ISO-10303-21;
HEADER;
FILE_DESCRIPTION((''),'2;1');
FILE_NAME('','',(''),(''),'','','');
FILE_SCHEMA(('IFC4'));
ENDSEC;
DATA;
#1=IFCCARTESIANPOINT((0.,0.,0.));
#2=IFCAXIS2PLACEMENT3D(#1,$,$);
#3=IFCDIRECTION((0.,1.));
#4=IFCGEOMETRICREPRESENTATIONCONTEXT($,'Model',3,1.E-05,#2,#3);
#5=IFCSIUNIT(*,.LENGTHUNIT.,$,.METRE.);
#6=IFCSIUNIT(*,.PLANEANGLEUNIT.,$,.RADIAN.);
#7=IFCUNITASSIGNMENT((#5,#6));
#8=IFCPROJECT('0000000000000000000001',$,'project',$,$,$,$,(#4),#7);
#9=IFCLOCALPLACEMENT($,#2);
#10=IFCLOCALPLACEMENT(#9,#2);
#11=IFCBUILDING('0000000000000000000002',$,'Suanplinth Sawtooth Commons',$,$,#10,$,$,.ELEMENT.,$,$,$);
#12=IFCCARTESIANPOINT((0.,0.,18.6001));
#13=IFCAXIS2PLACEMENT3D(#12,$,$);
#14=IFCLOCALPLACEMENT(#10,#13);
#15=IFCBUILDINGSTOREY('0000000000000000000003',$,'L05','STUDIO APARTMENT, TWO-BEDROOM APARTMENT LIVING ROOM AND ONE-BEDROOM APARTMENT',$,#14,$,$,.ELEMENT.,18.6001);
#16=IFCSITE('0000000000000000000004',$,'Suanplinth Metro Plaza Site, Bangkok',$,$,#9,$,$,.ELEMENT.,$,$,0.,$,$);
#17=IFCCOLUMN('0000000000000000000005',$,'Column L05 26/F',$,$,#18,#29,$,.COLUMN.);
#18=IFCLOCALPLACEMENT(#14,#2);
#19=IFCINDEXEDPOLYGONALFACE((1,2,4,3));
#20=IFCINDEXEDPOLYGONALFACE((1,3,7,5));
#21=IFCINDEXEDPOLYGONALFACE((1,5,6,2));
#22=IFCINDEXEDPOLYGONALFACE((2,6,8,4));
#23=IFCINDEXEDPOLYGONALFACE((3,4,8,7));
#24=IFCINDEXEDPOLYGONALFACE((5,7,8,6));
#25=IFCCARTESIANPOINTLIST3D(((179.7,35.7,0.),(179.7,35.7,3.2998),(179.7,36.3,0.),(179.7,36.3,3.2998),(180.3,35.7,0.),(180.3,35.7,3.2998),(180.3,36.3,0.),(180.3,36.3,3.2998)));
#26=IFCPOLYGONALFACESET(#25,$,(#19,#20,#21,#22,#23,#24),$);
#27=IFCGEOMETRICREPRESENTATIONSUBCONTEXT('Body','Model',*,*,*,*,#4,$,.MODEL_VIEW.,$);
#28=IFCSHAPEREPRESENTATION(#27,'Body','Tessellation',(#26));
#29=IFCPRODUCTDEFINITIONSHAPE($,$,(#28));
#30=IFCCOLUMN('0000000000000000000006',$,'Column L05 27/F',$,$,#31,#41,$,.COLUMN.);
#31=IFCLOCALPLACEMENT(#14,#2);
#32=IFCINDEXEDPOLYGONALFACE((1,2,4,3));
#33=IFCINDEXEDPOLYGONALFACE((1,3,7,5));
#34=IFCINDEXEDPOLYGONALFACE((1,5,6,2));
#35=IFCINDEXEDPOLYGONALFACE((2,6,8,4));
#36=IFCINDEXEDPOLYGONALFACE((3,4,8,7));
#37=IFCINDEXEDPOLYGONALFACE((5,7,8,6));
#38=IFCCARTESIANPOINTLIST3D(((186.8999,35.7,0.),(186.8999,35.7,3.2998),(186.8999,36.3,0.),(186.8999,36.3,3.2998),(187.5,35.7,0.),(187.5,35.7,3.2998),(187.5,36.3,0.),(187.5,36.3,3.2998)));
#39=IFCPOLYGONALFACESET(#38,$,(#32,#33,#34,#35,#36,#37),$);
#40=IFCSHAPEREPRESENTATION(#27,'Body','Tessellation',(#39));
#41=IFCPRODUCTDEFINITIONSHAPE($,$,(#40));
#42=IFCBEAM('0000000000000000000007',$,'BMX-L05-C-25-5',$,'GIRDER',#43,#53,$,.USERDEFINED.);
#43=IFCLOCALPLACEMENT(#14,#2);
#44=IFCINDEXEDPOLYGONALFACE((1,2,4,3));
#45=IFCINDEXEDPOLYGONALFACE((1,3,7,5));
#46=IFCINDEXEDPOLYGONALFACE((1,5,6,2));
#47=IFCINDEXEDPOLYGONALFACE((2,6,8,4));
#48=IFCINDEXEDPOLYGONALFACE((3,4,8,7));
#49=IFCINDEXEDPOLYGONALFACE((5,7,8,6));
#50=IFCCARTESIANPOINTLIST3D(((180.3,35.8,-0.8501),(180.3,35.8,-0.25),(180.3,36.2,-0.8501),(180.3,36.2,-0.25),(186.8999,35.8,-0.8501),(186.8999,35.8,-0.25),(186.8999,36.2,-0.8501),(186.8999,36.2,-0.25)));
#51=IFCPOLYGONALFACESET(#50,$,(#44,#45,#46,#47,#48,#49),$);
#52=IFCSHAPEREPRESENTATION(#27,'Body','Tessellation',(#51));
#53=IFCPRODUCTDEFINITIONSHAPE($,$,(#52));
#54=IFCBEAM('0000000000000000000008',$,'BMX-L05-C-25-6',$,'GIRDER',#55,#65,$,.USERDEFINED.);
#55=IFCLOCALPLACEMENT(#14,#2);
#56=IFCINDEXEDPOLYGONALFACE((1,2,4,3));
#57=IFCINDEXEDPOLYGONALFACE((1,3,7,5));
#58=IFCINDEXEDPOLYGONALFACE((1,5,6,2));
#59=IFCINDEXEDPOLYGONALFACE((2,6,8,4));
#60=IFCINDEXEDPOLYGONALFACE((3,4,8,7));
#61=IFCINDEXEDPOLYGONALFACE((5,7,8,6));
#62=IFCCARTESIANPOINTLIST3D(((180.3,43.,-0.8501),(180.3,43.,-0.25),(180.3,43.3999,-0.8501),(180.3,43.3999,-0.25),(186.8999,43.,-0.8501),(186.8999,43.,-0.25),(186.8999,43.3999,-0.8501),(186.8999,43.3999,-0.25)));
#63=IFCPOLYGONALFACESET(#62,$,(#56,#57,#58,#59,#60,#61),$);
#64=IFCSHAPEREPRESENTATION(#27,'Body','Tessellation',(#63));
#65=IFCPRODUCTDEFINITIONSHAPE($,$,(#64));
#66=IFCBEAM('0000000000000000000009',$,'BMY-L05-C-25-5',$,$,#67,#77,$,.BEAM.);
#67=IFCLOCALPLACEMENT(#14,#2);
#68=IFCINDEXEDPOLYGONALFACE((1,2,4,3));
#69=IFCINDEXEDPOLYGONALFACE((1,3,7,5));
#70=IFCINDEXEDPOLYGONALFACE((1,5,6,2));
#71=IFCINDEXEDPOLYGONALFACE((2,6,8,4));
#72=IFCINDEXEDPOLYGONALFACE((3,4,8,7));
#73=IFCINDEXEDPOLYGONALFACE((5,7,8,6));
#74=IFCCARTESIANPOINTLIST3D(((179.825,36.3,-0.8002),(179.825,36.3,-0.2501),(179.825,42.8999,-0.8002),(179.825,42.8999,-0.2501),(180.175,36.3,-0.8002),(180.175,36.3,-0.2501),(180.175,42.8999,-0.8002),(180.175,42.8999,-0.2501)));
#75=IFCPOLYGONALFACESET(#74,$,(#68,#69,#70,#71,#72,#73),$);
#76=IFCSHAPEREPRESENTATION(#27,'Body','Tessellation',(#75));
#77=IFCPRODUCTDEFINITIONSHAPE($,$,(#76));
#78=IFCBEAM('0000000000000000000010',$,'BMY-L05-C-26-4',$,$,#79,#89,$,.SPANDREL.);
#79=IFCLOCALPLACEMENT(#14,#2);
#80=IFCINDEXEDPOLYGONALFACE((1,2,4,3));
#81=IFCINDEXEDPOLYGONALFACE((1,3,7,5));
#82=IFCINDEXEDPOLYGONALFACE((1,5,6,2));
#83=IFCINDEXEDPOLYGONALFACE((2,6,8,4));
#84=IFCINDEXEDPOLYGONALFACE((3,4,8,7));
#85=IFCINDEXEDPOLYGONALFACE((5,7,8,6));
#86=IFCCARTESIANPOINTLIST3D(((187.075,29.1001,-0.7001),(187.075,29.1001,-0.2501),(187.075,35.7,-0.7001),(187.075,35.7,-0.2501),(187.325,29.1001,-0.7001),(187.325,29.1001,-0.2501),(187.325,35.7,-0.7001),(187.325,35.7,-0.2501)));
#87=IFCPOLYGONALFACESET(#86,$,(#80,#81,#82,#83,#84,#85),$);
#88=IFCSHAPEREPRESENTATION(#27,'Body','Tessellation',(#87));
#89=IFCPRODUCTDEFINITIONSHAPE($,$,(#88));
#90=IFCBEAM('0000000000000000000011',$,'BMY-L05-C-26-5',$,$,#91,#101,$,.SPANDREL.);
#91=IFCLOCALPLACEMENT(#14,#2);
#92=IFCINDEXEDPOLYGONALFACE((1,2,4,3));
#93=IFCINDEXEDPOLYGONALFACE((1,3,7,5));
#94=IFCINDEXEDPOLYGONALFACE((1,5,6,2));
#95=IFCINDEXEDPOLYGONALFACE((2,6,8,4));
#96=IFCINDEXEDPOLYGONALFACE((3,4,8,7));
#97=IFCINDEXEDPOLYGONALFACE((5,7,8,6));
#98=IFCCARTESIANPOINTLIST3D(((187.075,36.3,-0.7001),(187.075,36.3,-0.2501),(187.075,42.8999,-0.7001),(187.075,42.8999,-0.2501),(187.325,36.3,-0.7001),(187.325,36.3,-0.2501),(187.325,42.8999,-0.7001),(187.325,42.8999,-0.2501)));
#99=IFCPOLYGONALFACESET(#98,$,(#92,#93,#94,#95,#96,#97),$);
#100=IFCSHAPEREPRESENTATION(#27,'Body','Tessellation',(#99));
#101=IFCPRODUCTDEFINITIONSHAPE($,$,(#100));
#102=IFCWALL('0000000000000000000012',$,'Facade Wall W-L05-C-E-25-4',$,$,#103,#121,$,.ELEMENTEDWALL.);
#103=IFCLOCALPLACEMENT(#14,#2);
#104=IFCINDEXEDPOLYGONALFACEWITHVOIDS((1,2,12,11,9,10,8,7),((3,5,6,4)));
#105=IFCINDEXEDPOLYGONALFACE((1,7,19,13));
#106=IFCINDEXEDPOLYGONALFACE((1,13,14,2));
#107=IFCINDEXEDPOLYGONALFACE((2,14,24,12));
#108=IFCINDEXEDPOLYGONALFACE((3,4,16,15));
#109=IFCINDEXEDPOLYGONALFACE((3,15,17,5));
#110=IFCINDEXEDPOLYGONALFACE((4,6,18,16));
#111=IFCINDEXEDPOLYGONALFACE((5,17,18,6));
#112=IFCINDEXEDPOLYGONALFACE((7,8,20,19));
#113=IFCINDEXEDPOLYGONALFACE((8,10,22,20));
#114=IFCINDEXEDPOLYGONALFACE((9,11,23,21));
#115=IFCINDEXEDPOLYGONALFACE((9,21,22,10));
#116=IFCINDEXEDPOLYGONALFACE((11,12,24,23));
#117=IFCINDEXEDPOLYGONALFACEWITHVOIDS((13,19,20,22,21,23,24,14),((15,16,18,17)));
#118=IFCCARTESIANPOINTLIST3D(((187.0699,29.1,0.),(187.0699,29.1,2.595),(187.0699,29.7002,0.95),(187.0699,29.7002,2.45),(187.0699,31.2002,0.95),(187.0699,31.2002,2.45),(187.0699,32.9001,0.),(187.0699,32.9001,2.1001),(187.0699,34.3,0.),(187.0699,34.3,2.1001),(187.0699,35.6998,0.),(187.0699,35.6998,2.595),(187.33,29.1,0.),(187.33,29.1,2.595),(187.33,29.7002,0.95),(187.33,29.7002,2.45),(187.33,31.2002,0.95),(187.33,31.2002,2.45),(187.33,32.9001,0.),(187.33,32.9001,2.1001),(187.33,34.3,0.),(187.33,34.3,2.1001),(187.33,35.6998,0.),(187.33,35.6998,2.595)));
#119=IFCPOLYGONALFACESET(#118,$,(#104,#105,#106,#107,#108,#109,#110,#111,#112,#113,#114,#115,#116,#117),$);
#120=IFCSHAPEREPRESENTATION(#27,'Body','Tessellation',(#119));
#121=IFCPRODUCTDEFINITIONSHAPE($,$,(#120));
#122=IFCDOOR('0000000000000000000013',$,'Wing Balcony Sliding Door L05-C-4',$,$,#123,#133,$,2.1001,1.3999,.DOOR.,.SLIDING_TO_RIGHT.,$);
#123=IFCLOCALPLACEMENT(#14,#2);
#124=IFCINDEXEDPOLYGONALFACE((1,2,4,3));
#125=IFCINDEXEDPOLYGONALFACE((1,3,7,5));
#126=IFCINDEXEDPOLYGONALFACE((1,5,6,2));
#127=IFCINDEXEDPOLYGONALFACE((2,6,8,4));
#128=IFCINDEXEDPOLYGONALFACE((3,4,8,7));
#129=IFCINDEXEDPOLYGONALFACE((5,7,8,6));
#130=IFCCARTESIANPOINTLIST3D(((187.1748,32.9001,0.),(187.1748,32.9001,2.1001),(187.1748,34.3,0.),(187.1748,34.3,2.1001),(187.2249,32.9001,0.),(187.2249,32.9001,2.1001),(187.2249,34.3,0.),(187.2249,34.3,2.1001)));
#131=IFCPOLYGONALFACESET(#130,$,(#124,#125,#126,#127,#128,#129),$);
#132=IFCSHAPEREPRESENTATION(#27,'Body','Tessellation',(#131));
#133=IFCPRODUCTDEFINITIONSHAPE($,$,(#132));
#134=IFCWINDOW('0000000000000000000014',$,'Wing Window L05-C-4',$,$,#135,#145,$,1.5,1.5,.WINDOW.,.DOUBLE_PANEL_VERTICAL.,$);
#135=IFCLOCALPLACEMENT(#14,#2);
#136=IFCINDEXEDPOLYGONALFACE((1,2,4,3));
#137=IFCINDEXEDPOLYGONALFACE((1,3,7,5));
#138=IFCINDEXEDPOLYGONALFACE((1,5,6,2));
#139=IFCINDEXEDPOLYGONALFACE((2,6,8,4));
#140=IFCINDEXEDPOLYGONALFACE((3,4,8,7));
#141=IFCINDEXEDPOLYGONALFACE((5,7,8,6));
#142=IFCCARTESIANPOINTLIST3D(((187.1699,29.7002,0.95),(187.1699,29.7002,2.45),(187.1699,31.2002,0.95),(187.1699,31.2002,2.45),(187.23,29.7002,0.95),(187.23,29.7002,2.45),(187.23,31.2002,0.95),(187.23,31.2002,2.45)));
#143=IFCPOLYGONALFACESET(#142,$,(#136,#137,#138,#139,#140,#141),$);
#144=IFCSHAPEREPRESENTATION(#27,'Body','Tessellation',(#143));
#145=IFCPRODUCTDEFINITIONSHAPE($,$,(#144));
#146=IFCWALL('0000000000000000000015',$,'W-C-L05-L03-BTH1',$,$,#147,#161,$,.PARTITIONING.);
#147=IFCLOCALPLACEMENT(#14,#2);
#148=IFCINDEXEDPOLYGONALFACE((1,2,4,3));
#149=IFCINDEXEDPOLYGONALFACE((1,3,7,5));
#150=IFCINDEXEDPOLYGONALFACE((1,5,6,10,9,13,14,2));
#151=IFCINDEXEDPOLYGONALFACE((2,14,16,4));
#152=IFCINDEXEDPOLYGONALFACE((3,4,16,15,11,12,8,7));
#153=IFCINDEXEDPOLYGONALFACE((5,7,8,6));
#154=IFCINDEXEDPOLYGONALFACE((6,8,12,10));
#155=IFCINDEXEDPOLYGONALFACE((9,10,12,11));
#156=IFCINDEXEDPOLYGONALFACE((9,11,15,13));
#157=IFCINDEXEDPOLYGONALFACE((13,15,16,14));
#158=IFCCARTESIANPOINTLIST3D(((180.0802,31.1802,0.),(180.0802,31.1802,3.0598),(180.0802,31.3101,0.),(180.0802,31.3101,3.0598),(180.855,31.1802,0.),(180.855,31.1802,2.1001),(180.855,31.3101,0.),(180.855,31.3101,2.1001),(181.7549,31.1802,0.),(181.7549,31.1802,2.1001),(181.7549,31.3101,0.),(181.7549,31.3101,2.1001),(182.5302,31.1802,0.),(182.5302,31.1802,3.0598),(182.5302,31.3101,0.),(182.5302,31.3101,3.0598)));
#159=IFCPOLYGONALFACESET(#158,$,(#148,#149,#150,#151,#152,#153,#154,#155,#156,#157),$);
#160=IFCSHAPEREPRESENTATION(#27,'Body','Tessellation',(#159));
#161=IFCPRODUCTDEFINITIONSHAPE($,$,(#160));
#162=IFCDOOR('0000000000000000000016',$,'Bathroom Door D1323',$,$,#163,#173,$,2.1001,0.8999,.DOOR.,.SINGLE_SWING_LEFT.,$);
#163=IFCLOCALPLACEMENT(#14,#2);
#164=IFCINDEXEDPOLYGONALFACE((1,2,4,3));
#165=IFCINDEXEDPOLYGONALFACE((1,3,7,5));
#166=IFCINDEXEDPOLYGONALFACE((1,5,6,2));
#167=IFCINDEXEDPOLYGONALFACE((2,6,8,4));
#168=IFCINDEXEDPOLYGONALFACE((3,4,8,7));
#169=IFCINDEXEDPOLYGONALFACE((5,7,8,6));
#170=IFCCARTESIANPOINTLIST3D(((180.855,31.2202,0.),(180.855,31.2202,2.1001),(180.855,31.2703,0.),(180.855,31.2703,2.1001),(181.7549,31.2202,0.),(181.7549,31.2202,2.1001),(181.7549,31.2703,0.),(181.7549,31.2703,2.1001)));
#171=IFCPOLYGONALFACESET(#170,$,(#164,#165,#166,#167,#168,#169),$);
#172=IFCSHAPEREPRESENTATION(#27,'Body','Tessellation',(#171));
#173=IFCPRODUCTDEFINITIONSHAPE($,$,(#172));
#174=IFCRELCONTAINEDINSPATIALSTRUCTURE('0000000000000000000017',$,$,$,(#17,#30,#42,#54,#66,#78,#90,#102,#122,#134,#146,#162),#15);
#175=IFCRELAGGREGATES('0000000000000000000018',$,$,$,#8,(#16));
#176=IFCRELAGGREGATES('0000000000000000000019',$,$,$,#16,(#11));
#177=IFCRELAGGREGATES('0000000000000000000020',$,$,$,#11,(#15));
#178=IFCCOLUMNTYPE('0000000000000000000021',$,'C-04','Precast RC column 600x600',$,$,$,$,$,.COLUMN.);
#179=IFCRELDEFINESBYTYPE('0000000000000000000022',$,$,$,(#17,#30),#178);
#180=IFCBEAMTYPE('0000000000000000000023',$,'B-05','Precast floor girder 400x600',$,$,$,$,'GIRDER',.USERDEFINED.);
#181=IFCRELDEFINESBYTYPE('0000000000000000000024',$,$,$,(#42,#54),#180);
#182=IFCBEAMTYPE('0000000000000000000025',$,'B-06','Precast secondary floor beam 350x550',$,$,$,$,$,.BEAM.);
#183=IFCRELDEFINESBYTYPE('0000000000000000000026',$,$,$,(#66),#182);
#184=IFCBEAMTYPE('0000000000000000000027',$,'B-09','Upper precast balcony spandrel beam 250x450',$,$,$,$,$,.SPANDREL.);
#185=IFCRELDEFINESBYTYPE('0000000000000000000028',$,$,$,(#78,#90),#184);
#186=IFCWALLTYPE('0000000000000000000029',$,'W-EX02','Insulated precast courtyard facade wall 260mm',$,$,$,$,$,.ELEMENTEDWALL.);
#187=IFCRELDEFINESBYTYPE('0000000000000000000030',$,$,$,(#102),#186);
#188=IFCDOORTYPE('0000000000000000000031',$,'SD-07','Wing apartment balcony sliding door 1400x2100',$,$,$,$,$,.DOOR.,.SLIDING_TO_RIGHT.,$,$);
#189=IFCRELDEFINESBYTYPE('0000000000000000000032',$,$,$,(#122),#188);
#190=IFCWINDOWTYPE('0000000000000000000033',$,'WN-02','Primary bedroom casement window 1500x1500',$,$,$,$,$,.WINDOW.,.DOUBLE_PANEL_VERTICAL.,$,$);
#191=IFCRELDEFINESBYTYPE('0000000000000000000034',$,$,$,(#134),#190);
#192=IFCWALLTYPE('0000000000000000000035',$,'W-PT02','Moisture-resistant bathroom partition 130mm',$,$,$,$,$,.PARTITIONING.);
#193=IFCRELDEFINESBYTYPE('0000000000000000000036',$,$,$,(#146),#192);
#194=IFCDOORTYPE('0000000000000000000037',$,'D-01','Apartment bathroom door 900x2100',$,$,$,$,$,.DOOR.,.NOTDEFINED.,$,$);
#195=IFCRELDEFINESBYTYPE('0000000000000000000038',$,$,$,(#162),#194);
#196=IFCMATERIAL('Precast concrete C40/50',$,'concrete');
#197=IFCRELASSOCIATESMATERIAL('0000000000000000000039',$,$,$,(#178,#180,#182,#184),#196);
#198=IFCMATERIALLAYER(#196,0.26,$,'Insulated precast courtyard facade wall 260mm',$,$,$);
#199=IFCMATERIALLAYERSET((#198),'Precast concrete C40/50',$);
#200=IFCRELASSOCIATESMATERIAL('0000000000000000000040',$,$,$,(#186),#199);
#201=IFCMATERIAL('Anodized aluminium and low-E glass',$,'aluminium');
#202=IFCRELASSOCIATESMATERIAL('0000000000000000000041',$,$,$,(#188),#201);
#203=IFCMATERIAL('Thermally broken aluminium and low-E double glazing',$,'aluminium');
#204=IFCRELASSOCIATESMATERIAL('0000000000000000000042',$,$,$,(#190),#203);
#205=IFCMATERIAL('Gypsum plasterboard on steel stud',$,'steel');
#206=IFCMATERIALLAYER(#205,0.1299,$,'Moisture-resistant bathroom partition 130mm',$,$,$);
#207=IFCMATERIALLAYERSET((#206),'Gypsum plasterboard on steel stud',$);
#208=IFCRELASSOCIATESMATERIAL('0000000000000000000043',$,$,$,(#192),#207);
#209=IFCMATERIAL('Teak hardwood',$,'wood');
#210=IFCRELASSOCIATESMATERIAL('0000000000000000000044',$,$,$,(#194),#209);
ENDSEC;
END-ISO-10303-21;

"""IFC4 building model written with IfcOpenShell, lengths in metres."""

from ifc_helpers import new_model, si_unit, direction, frame, frame_2d, origin, origin_2d, place, context, subcontext, project, spatial, rectangle, extrude, material, layer, layer_set, material_profile, profile_set, type_object, element, fill, save


model = new_model("IFC4")

# Units and contexts
model_context = context("Model", 3, precision=1e-05, world=origin(), true_north=direction((0.0, 1.0)))
body_context = subcontext(model_context, "Body", "Model", "MODEL_VIEW")
ifc_project = project(units=[si_unit("LENGTHUNIT", "METRE"), si_unit("PLANEANGLEUNIT", "RADIAN")], contexts=[model_context])

# Site, building, storey
site_placement = place(None, origin())
site = spatial("IfcSite", under=ifc_project, at=site_placement, Name="Suanplinth Metro Plaza Site, Bangkok", CompositionType="ELEMENT", RefElevation=0.0)
building_placement = place(site_placement, origin())
building = spatial("IfcBuilding", under=site, at=building_placement, Name="Suanplinth Sawtooth Commons", CompositionType="ELEMENT")
storey_placement = place(building_placement, frame((0.0, 0.0, 18.6001)))
storey = spatial("IfcBuildingStorey", under=building, at=storey_placement, Name="L05", Description="STUDIO APARTMENT, TWO-BEDROOM APARTMENT LIVING ROOM AND ONE-BEDROOM APARTMENT", CompositionType="ELEMENT", Elevation=18.6001)

# Columns
ifc_material_1 = material(Name="Precast concrete C40/50", Category="concrete")
ifc_material_profile_1 = material_profile(ifc_material_1, rectangle(XDim=0.6001, YDim=0.6001, at=origin_2d()), Name="PC-COL 600x600")
ifc_profile_set_1 = profile_set([ifc_material_profile_1], Name="Precast concrete C40/50")
column_type = type_object("IfcColumnType", Name="C-04", Description="Precast RC column 600x600", PredefinedType="COLUMN", material=ifc_profile_set_1)
for number, where, z_axis, x_axis, name in (
    (1, (180.0, 36.0, 0.0), (0.0, 0.0, 1.0), (1.0, 0.0, 0.0), "Column L05 26/F"),
    (2, (187.2, 36.0, 0.0), (0.0, 0.0, 1.0), (1.0, 0.0, 0.0), "Column L05 27/F"),
):
    element("IfcColumn", number, at=place(storey_placement, frame(where, z_axis=z_axis, x_axis=x_axis)), inside=storey, type_object=column_type, Name=name, PredefinedType="COLUMN", context=body_context, shape_type="SweptSolid", body=[
        extrude(rectangle(XDim=0.6001, YDim=0.6001, at=origin_2d()), origin(), (0.0, 0.0, 1.0), 3.2998),
    ])

# Beams
ifc_material_profile_2 = material_profile(ifc_material_1, rectangle(XDim=0.3999, YDim=0.6001, at=origin_2d()), Name="PC-GDR 400x600")
ifc_profile_set_2 = profile_set([ifc_material_profile_2], Name="Precast concrete C40/50")
beam_type_1 = type_object("IfcBeamType", Name="B-05", Description="Precast floor girder 400x600", ElementType="GIRDER", PredefinedType="USERDEFINED", material=ifc_profile_set_2)
for number, where, z_axis, x_axis, name in (
    (3, (180.3, 36.0, -0.55), (1.0, 0.0, 0.0), (0.0, 1.0, 0.0), "BMX-L05-C-25-5"),
    (4, (180.3, 43.2, -0.55), (1.0, 0.0, 0.0), (0.0, 1.0, 0.0), "BMX-L05-C-25-6"),
):
    element("IfcBeam", number, at=place(storey_placement, frame(where, z_axis=z_axis, x_axis=x_axis)), inside=storey, type_object=beam_type_1, Name=name, ObjectType="GIRDER", PredefinedType="USERDEFINED", context=body_context, shape_type="SweptSolid", body=[
        extrude(rectangle(XDim=0.3999, YDim=0.6001, at=origin_2d()), origin(), (0.0, 0.0, 1.0), 6.5999),
    ])
ifc_material_profile_3 = material_profile(ifc_material_1, rectangle(XDim=0.3501, YDim=0.55, at=origin_2d()), Name="PC-BM 350x550")
ifc_profile_set_3 = profile_set([ifc_material_profile_3], Name="Precast concrete C40/50")
beam_type_2 = type_object("IfcBeamType", Name="B-06", Description="Precast secondary floor beam 350x550", PredefinedType="BEAM", material=ifc_profile_set_3)
beam_placement = place(storey_placement, frame((180.0, 36.3, -0.5251), z_axis=(0.0, 1.0, 0.0), x_axis=(-1.0, 0.0, 0.0)))
element("IfcBeam", 5, at=beam_placement, inside=storey, type_object=beam_type_2, Name="BMY-L05-C-25-5", PredefinedType="BEAM", context=body_context, shape_type="SweptSolid", body=[
    extrude(rectangle(XDim=0.3501, YDim=0.55, at=origin_2d()), origin(), (0.0, 0.0, 1.0), 6.5999),
])
ifc_material_profile_4 = material_profile(ifc_material_1, rectangle(XDim=0.25, YDim=0.45, at=origin_2d()), Name="PC-SP 250x450")
ifc_profile_set_4 = profile_set([ifc_material_profile_4], Name="Precast concrete C40/50")
beam_type_3 = type_object("IfcBeamType", Name="B-09", Description="Upper precast balcony spandrel beam 250x450", PredefinedType="SPANDREL", material=ifc_profile_set_4)
for number, where, z_axis, x_axis, name in (
    (6, (187.2, 29.1001, -0.4751), (0.0, 1.0, 0.0), (-1.0, 0.0, 0.0), "BMY-L05-C-26-4"),
    (7, (187.2, 36.3, -0.4751), (0.0, 1.0, 0.0), (-1.0, 0.0, 0.0), "BMY-L05-C-26-5"),
):
    element("IfcBeam", number, at=place(storey_placement, frame(where, z_axis=z_axis, x_axis=x_axis)), inside=storey, type_object=beam_type_3, Name=name, PredefinedType="SPANDREL", context=body_context, shape_type="SweptSolid", body=[
        extrude(rectangle(XDim=0.25, YDim=0.45, at=origin_2d()), origin(), (0.0, 0.0, 1.0), 6.5999),
    ])

# Shared definitions
ifc_layer_1 = layer(ifc_material_1, 0.26, Name="Insulated precast courtyard facade wall 260mm")
ifc_layer_set_1 = layer_set([ifc_layer_1], Name="Precast concrete C40/50")
wall_type_1 = type_object("IfcWallType", Name="W-EX02", Description="Insulated precast courtyard facade wall 260mm", PredefinedType="ELEMENTEDWALL", material=ifc_layer_set_1)
ifc_material_2 = material(Name="Anodized aluminium and low-E glass", Category="aluminium")

# Wall, openings, door, window
wall_1_placement = place(storey_placement, frame((187.2, 29.1001, 0.0), z_axis=(0.0, 0.0, 1.0), x_axis=(0.0, 1.0, 0.0)))
wall_1 = element("IfcWall", 8, at=wall_1_placement, inside=storey, type_object=wall_type_1, Name="Facade Wall W-L05-C-E-25-4", PredefinedType="ELEMENTEDWALL", context=body_context, shape_type="SweptSolid", body=[
    extrude(rectangle(XDim=6.5999, YDim=0.26, at=frame_2d((3.2998, 0.0))), origin(), (0.0, 0.0, 1.0), 2.595),
])
opening_1_placement = place(wall_1_placement, frame((3.8, 0.0, 0.0)))
opening_1 = element("IfcOpeningElement", 9, at=opening_1_placement, cuts=wall_1, PredefinedType="OPENING", context=body_context, shape_type="SweptSolid", body=[
    extrude(rectangle(XDim=1.3999, YDim=2.1001, at=frame_2d((0.7, 1.05))), frame((0.0, 0.145, 0.0), z_axis=(0.0, -1.0, 0.0), x_axis=(1.0, 0.0, 0.0)), (0.0, 0.0, 1.0), 0.2898),
])
opening_2_placement = place(wall_1_placement, frame((0.6001, 0.0, 0.95)))
opening_2 = element("IfcOpeningElement", 10, at=opening_2_placement, cuts=wall_1, PredefinedType="OPENING", context=body_context, shape_type="SweptSolid", body=[
    extrude(rectangle(XDim=1.5, YDim=1.5, at=frame_2d((0.75, 0.75))), frame((0.0, 0.145, 0.0), z_axis=(0.0, -1.0, 0.0), x_axis=(1.0, 0.0, 0.0)), (0.0, 0.0, 1.0), 0.2898),
])
door_type_1 = type_object("IfcDoorType", Name="SD-07", Description="Wing apartment balcony sliding door 1400x2100", OperationType="SLIDING_TO_RIGHT", PredefinedType="DOOR", material=ifc_material_2)
door_1_placement = place(opening_1_placement, frame((1.3999, 0.0, 0.0), z_axis=(0.0, 0.0, 1.0), x_axis=(-1.0, 0.0, 0.0)))
door_1 = element("IfcDoor", 11, at=door_1_placement, inside=storey, type_object=door_type_1, Name="Wing Balcony Sliding Door L05-C-4", OperationType="SLIDING_TO_RIGHT", OverallHeight=2.1001, OverallWidth=1.3999, PredefinedType="DOOR", context=body_context, shape_type="SweptSolid", body=[
    extrude(rectangle(XDim=1.3999, YDim=2.1001, at=frame_2d((0.7, 1.05))), frame((0.0, 0.0249, 0.0), z_axis=(0.0, -1.0, 0.0), x_axis=(1.0, 0.0, 0.0)), (0.0, 0.0, 1.0), 0.05),
])
fill(opening_1, door_1)
ifc_material_3 = material(Name="Thermally broken aluminium and low-E double glazing", Category="aluminium")
window_type = type_object("IfcWindowType", Name="WN-02", Description="Primary bedroom casement window 1500x1500", PartitioningType="DOUBLE_PANEL_VERTICAL", PredefinedType="WINDOW", material=ifc_material_3)
window_placement = place(opening_2_placement, origin())
window = element("IfcWindow", 12, at=window_placement, inside=storey, type_object=window_type, Name="Wing Window L05-C-4", OverallHeight=1.5, OverallWidth=1.5, PartitioningType="DOUBLE_PANEL_VERTICAL", PredefinedType="WINDOW", context=body_context, shape_type="SweptSolid", body=[
    extrude(rectangle(XDim=1.5, YDim=1.5, at=frame_2d((0.75, 0.75))), frame((0.0, 0.03, 0.0), z_axis=(0.0, -1.0, 0.0), x_axis=(1.0, 0.0, 0.0)), (0.0, 0.0, 1.0), 0.0601),
])
fill(opening_2, window)

# Wall, opening, door
ifc_material_4 = material(Name="Gypsum plasterboard on steel stud", Category="steel")
ifc_layer_2 = layer(ifc_material_4, 0.1299, Name="Moisture-resistant bathroom partition 130mm")
ifc_layer_set_2 = layer_set([ifc_layer_2], Name="Gypsum plasterboard on steel stud")
wall_type_2 = type_object("IfcWallType", Name="W-PT02", Description="Moisture-resistant bathroom partition 130mm", PredefinedType="PARTITIONING", material=ifc_layer_set_2)
wall_2_placement = place(storey_placement, frame((180.0801, 31.2451, 0.0), z_axis=(0.0, 0.0, 1.0), x_axis=(1.0, 0.0, 0.0)))
wall_2 = element("IfcWall", 13, at=wall_2_placement, inside=storey, type_object=wall_type_2, Name="W-C-L05-L03-BTH1", PredefinedType="PARTITIONING", context=body_context, shape_type="SweptSolid", body=[
    extrude(rectangle(XDim=2.45, YDim=0.1299, at=frame_2d((1.2251, 0.0))), origin(), (0.0, 0.0, 1.0), 3.0598),
])
opening_3_placement = place(wall_2_placement, frame((0.7749, 0.0, 0.0)))
opening_3 = element("IfcOpeningElement", 14, at=opening_3_placement, cuts=wall_2, PredefinedType="OPENING", context=body_context, shape_type="SweptSolid", body=[
    extrude(rectangle(XDim=0.8999, YDim=2.1001, at=frame_2d((0.45, 1.05))), frame((0.0, 0.0798, 0.0), z_axis=(0.0, -1.0, 0.0), x_axis=(1.0, 0.0, 0.0)), (0.0, 0.0, 1.0), 0.1597),
])
ifc_material_5 = material(Name="Teak hardwood", Category="wood")
door_type_2 = type_object("IfcDoorType", Name="D-01", Description="Apartment bathroom door 900x2100", OperationType="NOTDEFINED", PredefinedType="DOOR", material=ifc_material_5)
door_2_placement = place(opening_3_placement, frame((0.8999, 0.0, 0.0), z_axis=(0.0, 0.0, 1.0), x_axis=(-1.0, 0.0, 0.0)))
door_2 = element("IfcDoor", 15, at=door_2_placement, inside=storey, type_object=door_type_2, Name="Bathroom Door D1323", OperationType="SINGLE_SWING_LEFT", OverallHeight=2.1001, OverallWidth=0.8999, PredefinedType="DOOR", context=body_context, shape_type="SweptSolid", body=[
    extrude(rectangle(XDim=0.8999, YDim=2.1001, at=frame_2d((0.45, 1.05))), frame((0.0, 0.0249, 0.0), z_axis=(0.0, -1.0, 0.0), x_axis=(1.0, 0.0, 0.0)), (0.0, 0.0, 1.0), 0.05),
])
fill(opening_3, door_2)

save(model, "model.ifc")
